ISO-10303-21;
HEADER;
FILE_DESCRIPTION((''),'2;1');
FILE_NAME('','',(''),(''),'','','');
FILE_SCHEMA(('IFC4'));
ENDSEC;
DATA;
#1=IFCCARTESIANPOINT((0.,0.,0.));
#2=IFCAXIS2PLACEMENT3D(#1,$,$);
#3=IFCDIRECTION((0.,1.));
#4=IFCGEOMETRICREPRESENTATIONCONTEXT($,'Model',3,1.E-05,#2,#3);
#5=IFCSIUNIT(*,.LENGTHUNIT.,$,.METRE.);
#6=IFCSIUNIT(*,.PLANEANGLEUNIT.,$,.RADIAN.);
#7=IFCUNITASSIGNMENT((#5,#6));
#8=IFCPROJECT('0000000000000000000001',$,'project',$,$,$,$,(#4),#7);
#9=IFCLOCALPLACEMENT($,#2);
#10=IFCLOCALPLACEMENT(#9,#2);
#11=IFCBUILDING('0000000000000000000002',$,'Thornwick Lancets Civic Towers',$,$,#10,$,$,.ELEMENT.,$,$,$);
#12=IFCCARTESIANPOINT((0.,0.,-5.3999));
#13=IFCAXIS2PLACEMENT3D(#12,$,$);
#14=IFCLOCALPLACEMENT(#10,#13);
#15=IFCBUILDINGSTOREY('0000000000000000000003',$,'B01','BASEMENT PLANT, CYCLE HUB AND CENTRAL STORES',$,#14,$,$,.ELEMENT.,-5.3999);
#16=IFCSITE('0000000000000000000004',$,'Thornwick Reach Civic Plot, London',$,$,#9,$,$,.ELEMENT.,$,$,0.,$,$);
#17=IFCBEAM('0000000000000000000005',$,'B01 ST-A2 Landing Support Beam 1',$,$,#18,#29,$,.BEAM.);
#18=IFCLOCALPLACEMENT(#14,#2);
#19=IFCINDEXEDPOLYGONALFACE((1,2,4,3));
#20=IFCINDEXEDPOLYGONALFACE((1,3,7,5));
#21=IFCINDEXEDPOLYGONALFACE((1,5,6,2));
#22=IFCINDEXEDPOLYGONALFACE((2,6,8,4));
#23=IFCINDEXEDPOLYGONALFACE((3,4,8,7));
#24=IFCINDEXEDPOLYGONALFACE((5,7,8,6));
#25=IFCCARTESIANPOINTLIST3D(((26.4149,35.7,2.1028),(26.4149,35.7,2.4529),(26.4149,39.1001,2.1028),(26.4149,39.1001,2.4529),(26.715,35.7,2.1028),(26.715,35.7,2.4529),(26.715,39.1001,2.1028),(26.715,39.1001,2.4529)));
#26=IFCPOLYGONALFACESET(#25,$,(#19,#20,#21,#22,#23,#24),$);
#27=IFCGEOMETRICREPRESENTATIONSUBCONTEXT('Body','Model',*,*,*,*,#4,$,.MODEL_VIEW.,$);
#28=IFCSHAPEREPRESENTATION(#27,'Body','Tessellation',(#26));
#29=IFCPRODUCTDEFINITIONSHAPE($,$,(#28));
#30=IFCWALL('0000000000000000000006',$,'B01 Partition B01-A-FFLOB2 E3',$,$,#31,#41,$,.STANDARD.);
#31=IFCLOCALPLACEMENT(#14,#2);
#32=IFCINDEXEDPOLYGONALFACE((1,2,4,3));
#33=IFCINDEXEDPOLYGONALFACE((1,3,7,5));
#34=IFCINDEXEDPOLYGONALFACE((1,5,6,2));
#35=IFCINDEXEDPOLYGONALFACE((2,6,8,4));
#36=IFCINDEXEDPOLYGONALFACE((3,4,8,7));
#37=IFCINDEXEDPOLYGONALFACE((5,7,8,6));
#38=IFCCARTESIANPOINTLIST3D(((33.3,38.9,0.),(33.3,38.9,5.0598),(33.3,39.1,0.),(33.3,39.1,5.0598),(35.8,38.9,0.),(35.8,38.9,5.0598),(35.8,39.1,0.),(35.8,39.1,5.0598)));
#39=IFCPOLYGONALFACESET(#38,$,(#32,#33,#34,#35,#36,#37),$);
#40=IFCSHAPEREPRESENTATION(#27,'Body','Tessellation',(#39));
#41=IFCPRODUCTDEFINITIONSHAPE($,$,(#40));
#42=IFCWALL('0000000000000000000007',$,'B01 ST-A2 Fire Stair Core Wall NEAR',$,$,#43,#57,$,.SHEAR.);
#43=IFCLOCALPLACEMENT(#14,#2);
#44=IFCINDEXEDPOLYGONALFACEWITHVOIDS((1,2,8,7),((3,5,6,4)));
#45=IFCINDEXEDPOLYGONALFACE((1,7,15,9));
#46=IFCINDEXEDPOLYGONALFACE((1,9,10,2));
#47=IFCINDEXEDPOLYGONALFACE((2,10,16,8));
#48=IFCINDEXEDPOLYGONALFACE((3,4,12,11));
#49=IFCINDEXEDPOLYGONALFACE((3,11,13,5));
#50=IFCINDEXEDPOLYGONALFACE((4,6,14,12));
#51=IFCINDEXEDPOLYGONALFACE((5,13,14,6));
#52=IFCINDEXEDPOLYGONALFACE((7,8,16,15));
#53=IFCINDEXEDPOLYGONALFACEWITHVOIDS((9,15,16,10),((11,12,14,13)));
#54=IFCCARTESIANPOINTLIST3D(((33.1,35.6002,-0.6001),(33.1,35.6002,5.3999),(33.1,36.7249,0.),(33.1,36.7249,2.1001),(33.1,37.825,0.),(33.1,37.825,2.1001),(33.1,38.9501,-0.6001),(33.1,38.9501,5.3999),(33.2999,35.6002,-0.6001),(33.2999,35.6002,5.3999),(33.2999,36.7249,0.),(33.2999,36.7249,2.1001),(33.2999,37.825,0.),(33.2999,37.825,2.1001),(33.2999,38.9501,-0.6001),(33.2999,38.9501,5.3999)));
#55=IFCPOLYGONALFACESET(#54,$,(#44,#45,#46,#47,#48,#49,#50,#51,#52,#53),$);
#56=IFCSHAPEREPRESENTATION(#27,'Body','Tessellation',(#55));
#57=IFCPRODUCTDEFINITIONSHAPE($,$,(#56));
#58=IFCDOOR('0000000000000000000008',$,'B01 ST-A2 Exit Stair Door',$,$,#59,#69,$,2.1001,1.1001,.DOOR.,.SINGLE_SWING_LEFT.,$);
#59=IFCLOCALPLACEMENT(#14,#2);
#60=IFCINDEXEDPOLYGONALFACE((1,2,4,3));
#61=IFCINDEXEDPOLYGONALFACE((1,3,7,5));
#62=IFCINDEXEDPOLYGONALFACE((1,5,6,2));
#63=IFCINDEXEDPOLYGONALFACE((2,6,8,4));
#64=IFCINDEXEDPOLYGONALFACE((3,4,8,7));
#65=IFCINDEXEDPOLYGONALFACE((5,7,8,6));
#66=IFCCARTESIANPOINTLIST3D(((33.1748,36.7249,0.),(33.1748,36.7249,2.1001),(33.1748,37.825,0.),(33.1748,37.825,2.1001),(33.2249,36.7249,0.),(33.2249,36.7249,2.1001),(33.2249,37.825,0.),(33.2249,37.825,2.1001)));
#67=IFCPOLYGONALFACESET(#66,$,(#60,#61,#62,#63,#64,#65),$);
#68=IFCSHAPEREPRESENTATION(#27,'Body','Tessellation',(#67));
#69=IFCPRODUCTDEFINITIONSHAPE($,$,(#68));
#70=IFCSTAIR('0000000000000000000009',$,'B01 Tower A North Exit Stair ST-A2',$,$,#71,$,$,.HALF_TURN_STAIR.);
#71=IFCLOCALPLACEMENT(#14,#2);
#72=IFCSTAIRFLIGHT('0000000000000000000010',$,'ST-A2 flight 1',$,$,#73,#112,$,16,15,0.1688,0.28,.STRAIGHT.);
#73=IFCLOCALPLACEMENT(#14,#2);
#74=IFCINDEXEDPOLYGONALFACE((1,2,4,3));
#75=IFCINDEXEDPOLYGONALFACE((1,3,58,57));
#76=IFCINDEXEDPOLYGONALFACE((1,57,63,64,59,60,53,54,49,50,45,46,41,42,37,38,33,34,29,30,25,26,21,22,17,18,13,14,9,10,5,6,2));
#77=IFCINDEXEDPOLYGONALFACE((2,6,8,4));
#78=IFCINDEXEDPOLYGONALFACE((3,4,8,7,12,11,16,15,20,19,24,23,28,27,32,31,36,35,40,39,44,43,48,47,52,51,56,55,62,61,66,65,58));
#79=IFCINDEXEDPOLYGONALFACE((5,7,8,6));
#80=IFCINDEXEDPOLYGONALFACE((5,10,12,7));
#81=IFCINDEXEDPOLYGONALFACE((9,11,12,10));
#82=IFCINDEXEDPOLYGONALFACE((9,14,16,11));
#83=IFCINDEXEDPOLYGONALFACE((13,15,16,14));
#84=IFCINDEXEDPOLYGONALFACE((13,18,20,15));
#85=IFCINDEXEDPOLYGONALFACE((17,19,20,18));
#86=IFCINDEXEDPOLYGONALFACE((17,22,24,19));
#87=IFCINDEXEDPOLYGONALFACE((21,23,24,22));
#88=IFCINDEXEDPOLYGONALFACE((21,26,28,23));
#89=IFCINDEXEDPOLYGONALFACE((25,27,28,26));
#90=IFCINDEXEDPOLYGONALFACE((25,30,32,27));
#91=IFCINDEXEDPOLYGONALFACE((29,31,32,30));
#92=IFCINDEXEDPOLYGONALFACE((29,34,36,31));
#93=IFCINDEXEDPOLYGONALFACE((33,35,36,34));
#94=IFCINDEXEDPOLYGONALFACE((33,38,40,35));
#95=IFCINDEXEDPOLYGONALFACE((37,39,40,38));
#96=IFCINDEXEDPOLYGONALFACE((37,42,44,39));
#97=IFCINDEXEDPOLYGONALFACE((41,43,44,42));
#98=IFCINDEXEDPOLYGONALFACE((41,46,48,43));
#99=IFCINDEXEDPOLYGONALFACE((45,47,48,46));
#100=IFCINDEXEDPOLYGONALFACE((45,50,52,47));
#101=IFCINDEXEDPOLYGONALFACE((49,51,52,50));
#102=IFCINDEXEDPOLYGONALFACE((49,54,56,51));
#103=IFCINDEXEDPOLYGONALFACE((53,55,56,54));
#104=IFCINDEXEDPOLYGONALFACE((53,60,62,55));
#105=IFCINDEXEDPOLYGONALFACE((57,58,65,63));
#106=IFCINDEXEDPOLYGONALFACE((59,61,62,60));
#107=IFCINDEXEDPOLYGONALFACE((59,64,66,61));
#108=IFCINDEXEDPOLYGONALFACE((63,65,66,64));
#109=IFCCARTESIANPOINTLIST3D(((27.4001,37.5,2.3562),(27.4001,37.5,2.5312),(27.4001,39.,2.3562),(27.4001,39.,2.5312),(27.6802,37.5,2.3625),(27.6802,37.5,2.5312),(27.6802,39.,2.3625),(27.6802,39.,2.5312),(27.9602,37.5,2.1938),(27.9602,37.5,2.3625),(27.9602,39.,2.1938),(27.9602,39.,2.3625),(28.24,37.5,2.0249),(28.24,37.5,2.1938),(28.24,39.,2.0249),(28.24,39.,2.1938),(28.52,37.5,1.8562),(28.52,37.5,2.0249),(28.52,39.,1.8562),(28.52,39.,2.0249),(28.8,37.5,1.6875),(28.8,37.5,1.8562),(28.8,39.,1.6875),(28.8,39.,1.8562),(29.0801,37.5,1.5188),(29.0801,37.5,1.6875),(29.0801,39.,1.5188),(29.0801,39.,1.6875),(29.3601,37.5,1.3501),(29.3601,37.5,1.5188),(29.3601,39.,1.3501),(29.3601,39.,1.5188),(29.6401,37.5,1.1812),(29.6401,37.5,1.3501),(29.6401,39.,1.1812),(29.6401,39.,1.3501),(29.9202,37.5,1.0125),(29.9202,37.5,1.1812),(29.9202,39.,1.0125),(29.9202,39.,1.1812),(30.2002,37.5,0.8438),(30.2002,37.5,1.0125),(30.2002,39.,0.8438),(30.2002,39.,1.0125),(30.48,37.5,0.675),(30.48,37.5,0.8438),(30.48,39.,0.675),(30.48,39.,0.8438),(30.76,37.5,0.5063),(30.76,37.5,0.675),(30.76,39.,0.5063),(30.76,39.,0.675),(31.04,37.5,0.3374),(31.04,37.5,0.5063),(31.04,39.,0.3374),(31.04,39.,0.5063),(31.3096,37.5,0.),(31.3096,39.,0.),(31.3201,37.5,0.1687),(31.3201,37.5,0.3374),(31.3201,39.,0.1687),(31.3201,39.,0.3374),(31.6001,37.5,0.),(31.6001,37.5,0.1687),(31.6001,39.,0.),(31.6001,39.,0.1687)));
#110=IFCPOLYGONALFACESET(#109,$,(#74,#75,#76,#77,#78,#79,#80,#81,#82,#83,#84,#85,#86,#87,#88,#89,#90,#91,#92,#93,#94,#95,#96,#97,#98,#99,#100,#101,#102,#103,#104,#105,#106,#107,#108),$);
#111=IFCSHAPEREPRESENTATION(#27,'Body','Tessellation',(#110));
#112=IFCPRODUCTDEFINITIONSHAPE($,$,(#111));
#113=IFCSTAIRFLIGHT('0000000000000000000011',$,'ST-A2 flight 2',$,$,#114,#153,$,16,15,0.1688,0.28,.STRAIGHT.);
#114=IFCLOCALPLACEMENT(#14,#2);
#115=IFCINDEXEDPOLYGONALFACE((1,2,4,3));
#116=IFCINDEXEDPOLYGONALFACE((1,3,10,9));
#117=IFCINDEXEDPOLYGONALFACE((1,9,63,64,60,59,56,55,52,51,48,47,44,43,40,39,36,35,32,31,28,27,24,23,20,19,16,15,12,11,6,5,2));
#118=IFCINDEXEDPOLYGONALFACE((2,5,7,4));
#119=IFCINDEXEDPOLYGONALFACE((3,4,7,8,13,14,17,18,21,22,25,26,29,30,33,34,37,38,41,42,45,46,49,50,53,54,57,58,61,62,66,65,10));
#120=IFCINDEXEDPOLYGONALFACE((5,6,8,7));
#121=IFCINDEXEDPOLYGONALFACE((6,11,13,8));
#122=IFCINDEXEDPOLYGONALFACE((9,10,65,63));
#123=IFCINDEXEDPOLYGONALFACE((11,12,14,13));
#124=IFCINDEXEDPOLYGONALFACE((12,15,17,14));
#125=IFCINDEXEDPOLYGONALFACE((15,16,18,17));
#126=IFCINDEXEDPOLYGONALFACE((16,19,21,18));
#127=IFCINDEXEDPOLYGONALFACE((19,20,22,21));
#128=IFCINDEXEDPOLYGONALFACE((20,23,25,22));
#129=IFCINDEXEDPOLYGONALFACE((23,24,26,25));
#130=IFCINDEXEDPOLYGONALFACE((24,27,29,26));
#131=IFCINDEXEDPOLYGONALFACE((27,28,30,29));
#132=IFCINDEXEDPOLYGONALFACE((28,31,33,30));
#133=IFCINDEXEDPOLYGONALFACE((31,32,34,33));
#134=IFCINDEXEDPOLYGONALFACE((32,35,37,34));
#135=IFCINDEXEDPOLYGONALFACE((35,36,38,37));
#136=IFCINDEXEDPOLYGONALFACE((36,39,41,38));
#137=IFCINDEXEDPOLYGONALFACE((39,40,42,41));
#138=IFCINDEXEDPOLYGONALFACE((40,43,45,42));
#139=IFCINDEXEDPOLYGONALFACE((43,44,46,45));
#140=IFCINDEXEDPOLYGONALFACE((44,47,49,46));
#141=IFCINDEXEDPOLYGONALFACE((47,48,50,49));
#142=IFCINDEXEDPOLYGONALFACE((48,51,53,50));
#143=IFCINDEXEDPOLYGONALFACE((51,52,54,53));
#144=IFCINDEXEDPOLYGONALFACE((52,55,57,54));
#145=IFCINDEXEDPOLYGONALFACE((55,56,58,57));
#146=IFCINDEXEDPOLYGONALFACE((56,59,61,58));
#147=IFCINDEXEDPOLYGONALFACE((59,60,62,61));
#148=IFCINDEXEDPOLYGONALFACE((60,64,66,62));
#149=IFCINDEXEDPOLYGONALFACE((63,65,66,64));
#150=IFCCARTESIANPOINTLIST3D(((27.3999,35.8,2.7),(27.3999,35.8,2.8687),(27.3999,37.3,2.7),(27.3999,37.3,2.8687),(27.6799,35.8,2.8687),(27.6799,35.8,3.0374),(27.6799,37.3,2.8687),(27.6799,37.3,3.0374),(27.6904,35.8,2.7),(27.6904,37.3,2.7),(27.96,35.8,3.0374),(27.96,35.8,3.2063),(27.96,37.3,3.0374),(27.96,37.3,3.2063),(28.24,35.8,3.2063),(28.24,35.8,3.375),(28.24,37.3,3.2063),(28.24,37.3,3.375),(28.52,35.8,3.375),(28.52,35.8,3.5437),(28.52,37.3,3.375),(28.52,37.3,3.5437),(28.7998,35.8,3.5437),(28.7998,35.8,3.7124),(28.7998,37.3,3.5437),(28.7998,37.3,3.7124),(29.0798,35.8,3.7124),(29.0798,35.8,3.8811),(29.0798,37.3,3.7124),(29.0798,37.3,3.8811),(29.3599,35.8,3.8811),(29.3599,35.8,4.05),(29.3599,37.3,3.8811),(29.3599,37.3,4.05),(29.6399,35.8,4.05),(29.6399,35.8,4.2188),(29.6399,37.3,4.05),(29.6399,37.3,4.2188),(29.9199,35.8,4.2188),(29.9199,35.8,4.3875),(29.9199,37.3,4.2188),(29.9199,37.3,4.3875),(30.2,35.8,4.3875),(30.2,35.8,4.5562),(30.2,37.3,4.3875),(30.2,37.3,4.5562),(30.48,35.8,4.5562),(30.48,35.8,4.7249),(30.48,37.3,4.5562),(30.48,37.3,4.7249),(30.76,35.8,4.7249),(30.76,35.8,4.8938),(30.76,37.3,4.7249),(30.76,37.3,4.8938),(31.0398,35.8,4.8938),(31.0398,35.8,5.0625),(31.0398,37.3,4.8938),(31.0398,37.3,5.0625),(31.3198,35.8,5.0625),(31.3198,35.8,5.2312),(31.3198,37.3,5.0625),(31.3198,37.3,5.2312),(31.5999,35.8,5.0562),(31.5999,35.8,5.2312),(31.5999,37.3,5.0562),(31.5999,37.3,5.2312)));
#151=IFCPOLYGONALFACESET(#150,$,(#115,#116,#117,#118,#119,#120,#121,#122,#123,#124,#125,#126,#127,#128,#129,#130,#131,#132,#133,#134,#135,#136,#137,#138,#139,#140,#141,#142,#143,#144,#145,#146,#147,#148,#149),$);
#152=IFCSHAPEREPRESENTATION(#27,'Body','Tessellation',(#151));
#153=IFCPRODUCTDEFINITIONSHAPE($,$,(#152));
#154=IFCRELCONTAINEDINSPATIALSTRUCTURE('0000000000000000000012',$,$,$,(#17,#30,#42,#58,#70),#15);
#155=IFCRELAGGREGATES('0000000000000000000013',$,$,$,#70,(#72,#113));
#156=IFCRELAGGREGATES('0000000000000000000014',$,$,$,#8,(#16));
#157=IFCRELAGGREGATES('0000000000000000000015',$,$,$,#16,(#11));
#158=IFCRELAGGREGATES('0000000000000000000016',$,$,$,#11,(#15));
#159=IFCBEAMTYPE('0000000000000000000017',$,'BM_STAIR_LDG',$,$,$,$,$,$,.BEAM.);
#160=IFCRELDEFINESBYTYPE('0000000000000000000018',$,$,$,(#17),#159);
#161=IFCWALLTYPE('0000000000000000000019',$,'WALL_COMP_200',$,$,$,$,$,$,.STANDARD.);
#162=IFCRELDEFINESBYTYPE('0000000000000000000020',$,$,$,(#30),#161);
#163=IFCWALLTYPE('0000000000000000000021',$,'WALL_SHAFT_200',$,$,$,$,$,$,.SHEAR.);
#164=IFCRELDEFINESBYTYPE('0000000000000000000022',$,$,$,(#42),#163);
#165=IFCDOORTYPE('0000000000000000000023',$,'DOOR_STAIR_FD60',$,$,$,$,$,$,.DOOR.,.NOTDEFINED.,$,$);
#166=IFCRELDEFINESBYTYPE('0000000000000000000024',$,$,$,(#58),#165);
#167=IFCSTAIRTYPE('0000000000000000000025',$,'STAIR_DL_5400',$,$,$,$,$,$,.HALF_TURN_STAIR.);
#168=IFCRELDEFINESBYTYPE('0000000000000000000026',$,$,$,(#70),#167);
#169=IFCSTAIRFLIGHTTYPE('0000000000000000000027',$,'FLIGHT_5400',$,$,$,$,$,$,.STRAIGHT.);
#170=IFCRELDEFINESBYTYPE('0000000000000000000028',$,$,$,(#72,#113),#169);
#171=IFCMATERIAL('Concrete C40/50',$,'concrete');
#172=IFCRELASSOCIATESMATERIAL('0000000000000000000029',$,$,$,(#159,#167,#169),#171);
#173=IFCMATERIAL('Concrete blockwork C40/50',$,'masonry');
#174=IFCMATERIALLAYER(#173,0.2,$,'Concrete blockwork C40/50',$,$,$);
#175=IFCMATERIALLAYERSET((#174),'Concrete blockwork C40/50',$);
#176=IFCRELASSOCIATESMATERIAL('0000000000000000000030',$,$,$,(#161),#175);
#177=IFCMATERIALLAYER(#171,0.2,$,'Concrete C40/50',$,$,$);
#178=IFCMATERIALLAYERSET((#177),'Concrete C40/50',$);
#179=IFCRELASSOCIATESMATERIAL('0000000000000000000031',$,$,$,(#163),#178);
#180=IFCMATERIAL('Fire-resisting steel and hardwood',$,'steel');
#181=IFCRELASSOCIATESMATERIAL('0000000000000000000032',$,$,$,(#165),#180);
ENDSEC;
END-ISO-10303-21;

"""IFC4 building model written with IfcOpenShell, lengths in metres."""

from ifc_helpers import new_model, si_unit, direction, frame, frame_2d, origin, origin_2d, place, context, subcontext, project, spatial, polyline, rectangle, outline, extrude, material, layer, layer_set, material_profile, profile_set, type_object, element, fill, aggregate, save


model = new_model("IFC4")

# Units and contexts
model_context = context("Model", 3, precision=1e-05, world=origin(), true_north=direction((0.0, 1.0)))
body_context = subcontext(model_context, "Body", "Model", "MODEL_VIEW")
ifc_project = project(units=[si_unit("LENGTHUNIT", "METRE"), si_unit("PLANEANGLEUNIT", "RADIAN")], contexts=[model_context])

# Site, building, storey
site_placement = place(None, origin())
site = spatial("IfcSite", under=ifc_project, at=site_placement, Name="Thornwick Reach Civic Plot, London", CompositionType="ELEMENT", RefElevation=0.0)
building_placement = place(site_placement, origin())
building = spatial("IfcBuilding", under=site, at=building_placement, Name="Thornwick Lancets Civic Towers", CompositionType="ELEMENT")
storey_placement = place(building_placement, frame((0.0, 0.0, -5.3999)))
storey = spatial("IfcBuildingStorey", under=building, at=storey_placement, Name="B01", Description="BASEMENT PLANT, CYCLE HUB AND CENTRAL STORES", CompositionType="ELEMENT", Elevation=-5.3999)

# Shared definitions
ifc_material_1 = material(Name="Concrete C40/50", Category="concrete")

# Beam
ifc_material_profile_1 = material_profile(ifc_material_1, rectangle(XDim=0.3, YDim=0.3501, at=origin_2d()), Name="RC 300x350")
ifc_profile_set_1 = profile_set([ifc_material_profile_1], Name="Concrete C40/50")
beam_type_1 = type_object("IfcBeamType", Name="BM_STAIR_LDG", PredefinedType="BEAM", material=ifc_profile_set_1)
beam_1_placement = place(storey_placement, frame((26.5649, 39.1001, 2.2778), z_axis=(0.0, -1.0, 0.0), x_axis=(1.0, 0.0, 0.0)))
element("IfcBeam", 1, at=beam_1_placement, inside=storey, type_object=beam_type_1, Name="B01 ST-A2 Landing Support Beam 1", PredefinedType="BEAM", context=body_context, shape_type="SweptSolid", body=[
    extrude(rectangle(XDim=0.3, YDim=0.3501, at=origin_2d()), origin(), (0.0, 0.0, 1.0), 3.4001),
])

# Wall
ifc_material_2 = material(Name="Concrete blockwork C40/50", Category="masonry")
ifc_layer_1 = layer(ifc_material_2, 0.2, Name="Concrete blockwork C40/50")
ifc_layer_set_1 = layer_set([ifc_layer_1], Name="Concrete blockwork C40/50")
wall_type_1 = type_object("IfcWallType", Name="WALL_COMP_200", PredefinedType="STANDARD", material=ifc_layer_set_1)
wall_1_placement = place(storey_placement, frame((35.8, 39.0, 0.0), z_axis=(0.0, 0.0, 1.0), x_axis=(-1.0, 0.0, 0.0)))
element("IfcWall", 2, at=wall_1_placement, inside=storey, type_object=wall_type_1, Name="B01 Partition B01-A-FFLOB2 E3", PredefinedType="STANDARD", context=body_context, shape_type="SweptSolid", body=[
    extrude(rectangle(XDim=2.5, YDim=0.2, at=frame_2d((1.25, 0.0))), origin(), (0.0, 0.0, 1.0), 5.0598),
])

# Wall, opening, door
ifc_layer_2 = layer(ifc_material_1, 0.2, Name="Concrete C40/50")
ifc_layer_set_2 = layer_set([ifc_layer_2], Name="Concrete C40/50")
wall_type_2 = type_object("IfcWallType", Name="WALL_SHAFT_200", PredefinedType="SHEAR", material=ifc_layer_set_2)
wall_2_placement = place(storey_placement, frame((33.2, 38.95, -0.6001), z_axis=(0.0, 0.0, 1.0), x_axis=(0.0, -1.0, 0.0)))
wall_2 = element("IfcWall", 3, at=wall_2_placement, inside=storey, type_object=wall_type_2, Name="B01 ST-A2 Fire Stair Core Wall NEAR", PredefinedType="SHEAR", context=body_context, shape_type="SweptSolid", body=[
    extrude(rectangle(XDim=3.3499, YDim=0.2, at=frame_2d((1.6748, 0.0))), origin(), (0.0, 0.0, 1.0), 6.0),
])
opening_placement = place(wall_2_placement, frame((1.125, 0.0, 0.6001)))
opening = element("IfcOpeningElement", 4, at=opening_placement, cuts=wall_2, PredefinedType="OPENING", context=body_context, shape_type="SweptSolid", body=[
    extrude(rectangle(XDim=1.1001, YDim=2.1001, at=frame_2d((0.55, 1.05))), frame((0.0, 0.1099, 0.0), z_axis=(0.0, -1.0, 0.0), x_axis=(1.0, 0.0, 0.0)), (0.0, 0.0, 1.0), 0.22),
])
ifc_material_3 = material(Name="Fire-resisting steel and hardwood", Category="steel")
door_type = type_object("IfcDoorType", Name="DOOR_STAIR_FD60", OperationType="NOTDEFINED", PredefinedType="DOOR", material=ifc_material_3)
door_placement = place(opening_placement, origin())
door = element("IfcDoor", 5, at=door_placement, inside=storey, type_object=door_type, Name="B01 ST-A2 Exit Stair Door", OperationType="SINGLE_SWING_LEFT", OverallHeight=2.1001, OverallWidth=1.1001, PredefinedType="DOOR", context=body_context, shape_type="SweptSolid", body=[
    extrude(rectangle(XDim=1.1001, YDim=2.1001, at=frame_2d((0.55, 1.05))), frame((0.0, 0.0249, 0.0), z_axis=(0.0, -1.0, 0.0), x_axis=(1.0, 0.0, 0.0)), (0.0, 0.0, 1.0), 0.05),
])
fill(opening, door)

# Stair, stair flights
stair_type = type_object("IfcStairType", Name="STAIR_DL_5400", PredefinedType="HALF_TURN_STAIR", material=ifc_material_1)
stair_placement = place(storey_placement, origin())
stair = element("IfcStair", 6, at=stair_placement, inside=storey, type_object=stair_type, Name="B01 Tower A North Exit Stair ST-A2", PredefinedType="HALF_TURN_STAIR")
stair_flight_type = type_object("IfcStairFlightType", Name="FLIGHT_5400", PredefinedType="STRAIGHT", material=ifc_material_1)
stair_flight_1_placement = place(storey_placement, frame((31.6001, 38.25, 0.0), z_axis=(0.0, 0.0, 1.0), x_axis=(-1.0, 0.0, 0.0)))
stair_flight_1 = element("IfcStairFlight", 7, at=stair_flight_1_placement, type_object=stair_flight_type, Name="ST-A2 flight 1", NumberOfRisers=16, NumberOfTreads=15, PredefinedType="STRAIGHT", RiserHeight=0.1688, TreadLength=0.28, context=body_context, shape_type="SweptSolid", body=[
    extrude(outline(polyline([(0.0, 0.0), (0.0, 0.1687), (0.28, 0.1687), (0.28, 0.3374), (0.5601, 0.3374), (0.5601, 0.5063), (0.8401, 0.5063), (0.8401, 0.675), (1.1201, 0.675), (1.1201, 0.8438), (1.3999, 0.8438), (1.3999, 1.0125), (1.6799, 1.0125), (1.6799, 1.1812), (1.96, 1.1812), (1.96, 1.3501), (2.24, 1.3501), (2.24, 1.5188), (2.52, 1.5188), (2.52, 1.6875), (2.8, 1.6875), (2.8, 1.8562), (3.0801, 1.8562), (3.0801, 2.0249), (3.3601, 2.0249), (3.3601, 2.1938), (3.6399, 2.1938), (3.6399, 2.3625), (3.9199, 2.3625), (3.9199, 2.5312), (4.2, 2.5312), (4.2, 2.7), (4.2, 2.3562), (0.2905, 0.0), (0.0, 0.0)])), frame((0.0, 0.75, 0.0), z_axis=(0.0, -1.0, 0.0), x_axis=(1.0, 0.0, 0.0)), (0.0, 0.0, 1.0), 1.5),
])
stair_flight_2_placement = place(storey_placement, frame((27.3999, 36.55, 2.7), z_axis=(0.0, 0.0, 1.0), x_axis=(1.0, 0.0, 0.0)))
stair_flight_2 = element("IfcStairFlight", 8, at=stair_flight_2_placement, type_object=stair_flight_type, Name="ST-A2 flight 2", NumberOfRisers=16, NumberOfTreads=15, PredefinedType="STRAIGHT", RiserHeight=0.1688, TreadLength=0.28, context=body_context, shape_type="SweptSolid", body=[
    extrude(outline(polyline([(0.0, 0.0), (0.0, 0.1687), (0.28, 0.1687), (0.28, 0.3374), (0.5601, 0.3374), (0.5601, 0.5063), (0.8401, 0.5063), (0.8401, 0.675), (1.1201, 0.675), (1.1201, 0.8438), (1.3999, 0.8438), (1.3999, 1.0125), (1.6799, 1.0125), (1.6799, 1.1812), (1.96, 1.1812), (1.96, 1.3501), (2.24, 1.3501), (2.24, 1.5188), (2.52, 1.5188), (2.52, 1.6875), (2.8, 1.6875), (2.8, 1.8562), (3.0801, 1.8562), (3.0801, 2.0249), (3.3601, 2.0249), (3.3601, 2.1938), (3.6399, 2.1938), (3.6399, 2.3625), (3.9199, 2.3625), (3.9199, 2.5312), (4.2, 2.5312), (4.2, 2.7), (4.2, 2.3562), (0.2905, 0.0), (0.0, 0.0)])), frame((0.0, 0.75, 0.0), z_axis=(0.0, -1.0, 0.0), x_axis=(1.0, 0.0, 0.0)), (0.0, 0.0, 1.0), 1.5),
])
aggregate(stair, [stair_flight_1, stair_flight_2])

save(model, "model.ifc")
